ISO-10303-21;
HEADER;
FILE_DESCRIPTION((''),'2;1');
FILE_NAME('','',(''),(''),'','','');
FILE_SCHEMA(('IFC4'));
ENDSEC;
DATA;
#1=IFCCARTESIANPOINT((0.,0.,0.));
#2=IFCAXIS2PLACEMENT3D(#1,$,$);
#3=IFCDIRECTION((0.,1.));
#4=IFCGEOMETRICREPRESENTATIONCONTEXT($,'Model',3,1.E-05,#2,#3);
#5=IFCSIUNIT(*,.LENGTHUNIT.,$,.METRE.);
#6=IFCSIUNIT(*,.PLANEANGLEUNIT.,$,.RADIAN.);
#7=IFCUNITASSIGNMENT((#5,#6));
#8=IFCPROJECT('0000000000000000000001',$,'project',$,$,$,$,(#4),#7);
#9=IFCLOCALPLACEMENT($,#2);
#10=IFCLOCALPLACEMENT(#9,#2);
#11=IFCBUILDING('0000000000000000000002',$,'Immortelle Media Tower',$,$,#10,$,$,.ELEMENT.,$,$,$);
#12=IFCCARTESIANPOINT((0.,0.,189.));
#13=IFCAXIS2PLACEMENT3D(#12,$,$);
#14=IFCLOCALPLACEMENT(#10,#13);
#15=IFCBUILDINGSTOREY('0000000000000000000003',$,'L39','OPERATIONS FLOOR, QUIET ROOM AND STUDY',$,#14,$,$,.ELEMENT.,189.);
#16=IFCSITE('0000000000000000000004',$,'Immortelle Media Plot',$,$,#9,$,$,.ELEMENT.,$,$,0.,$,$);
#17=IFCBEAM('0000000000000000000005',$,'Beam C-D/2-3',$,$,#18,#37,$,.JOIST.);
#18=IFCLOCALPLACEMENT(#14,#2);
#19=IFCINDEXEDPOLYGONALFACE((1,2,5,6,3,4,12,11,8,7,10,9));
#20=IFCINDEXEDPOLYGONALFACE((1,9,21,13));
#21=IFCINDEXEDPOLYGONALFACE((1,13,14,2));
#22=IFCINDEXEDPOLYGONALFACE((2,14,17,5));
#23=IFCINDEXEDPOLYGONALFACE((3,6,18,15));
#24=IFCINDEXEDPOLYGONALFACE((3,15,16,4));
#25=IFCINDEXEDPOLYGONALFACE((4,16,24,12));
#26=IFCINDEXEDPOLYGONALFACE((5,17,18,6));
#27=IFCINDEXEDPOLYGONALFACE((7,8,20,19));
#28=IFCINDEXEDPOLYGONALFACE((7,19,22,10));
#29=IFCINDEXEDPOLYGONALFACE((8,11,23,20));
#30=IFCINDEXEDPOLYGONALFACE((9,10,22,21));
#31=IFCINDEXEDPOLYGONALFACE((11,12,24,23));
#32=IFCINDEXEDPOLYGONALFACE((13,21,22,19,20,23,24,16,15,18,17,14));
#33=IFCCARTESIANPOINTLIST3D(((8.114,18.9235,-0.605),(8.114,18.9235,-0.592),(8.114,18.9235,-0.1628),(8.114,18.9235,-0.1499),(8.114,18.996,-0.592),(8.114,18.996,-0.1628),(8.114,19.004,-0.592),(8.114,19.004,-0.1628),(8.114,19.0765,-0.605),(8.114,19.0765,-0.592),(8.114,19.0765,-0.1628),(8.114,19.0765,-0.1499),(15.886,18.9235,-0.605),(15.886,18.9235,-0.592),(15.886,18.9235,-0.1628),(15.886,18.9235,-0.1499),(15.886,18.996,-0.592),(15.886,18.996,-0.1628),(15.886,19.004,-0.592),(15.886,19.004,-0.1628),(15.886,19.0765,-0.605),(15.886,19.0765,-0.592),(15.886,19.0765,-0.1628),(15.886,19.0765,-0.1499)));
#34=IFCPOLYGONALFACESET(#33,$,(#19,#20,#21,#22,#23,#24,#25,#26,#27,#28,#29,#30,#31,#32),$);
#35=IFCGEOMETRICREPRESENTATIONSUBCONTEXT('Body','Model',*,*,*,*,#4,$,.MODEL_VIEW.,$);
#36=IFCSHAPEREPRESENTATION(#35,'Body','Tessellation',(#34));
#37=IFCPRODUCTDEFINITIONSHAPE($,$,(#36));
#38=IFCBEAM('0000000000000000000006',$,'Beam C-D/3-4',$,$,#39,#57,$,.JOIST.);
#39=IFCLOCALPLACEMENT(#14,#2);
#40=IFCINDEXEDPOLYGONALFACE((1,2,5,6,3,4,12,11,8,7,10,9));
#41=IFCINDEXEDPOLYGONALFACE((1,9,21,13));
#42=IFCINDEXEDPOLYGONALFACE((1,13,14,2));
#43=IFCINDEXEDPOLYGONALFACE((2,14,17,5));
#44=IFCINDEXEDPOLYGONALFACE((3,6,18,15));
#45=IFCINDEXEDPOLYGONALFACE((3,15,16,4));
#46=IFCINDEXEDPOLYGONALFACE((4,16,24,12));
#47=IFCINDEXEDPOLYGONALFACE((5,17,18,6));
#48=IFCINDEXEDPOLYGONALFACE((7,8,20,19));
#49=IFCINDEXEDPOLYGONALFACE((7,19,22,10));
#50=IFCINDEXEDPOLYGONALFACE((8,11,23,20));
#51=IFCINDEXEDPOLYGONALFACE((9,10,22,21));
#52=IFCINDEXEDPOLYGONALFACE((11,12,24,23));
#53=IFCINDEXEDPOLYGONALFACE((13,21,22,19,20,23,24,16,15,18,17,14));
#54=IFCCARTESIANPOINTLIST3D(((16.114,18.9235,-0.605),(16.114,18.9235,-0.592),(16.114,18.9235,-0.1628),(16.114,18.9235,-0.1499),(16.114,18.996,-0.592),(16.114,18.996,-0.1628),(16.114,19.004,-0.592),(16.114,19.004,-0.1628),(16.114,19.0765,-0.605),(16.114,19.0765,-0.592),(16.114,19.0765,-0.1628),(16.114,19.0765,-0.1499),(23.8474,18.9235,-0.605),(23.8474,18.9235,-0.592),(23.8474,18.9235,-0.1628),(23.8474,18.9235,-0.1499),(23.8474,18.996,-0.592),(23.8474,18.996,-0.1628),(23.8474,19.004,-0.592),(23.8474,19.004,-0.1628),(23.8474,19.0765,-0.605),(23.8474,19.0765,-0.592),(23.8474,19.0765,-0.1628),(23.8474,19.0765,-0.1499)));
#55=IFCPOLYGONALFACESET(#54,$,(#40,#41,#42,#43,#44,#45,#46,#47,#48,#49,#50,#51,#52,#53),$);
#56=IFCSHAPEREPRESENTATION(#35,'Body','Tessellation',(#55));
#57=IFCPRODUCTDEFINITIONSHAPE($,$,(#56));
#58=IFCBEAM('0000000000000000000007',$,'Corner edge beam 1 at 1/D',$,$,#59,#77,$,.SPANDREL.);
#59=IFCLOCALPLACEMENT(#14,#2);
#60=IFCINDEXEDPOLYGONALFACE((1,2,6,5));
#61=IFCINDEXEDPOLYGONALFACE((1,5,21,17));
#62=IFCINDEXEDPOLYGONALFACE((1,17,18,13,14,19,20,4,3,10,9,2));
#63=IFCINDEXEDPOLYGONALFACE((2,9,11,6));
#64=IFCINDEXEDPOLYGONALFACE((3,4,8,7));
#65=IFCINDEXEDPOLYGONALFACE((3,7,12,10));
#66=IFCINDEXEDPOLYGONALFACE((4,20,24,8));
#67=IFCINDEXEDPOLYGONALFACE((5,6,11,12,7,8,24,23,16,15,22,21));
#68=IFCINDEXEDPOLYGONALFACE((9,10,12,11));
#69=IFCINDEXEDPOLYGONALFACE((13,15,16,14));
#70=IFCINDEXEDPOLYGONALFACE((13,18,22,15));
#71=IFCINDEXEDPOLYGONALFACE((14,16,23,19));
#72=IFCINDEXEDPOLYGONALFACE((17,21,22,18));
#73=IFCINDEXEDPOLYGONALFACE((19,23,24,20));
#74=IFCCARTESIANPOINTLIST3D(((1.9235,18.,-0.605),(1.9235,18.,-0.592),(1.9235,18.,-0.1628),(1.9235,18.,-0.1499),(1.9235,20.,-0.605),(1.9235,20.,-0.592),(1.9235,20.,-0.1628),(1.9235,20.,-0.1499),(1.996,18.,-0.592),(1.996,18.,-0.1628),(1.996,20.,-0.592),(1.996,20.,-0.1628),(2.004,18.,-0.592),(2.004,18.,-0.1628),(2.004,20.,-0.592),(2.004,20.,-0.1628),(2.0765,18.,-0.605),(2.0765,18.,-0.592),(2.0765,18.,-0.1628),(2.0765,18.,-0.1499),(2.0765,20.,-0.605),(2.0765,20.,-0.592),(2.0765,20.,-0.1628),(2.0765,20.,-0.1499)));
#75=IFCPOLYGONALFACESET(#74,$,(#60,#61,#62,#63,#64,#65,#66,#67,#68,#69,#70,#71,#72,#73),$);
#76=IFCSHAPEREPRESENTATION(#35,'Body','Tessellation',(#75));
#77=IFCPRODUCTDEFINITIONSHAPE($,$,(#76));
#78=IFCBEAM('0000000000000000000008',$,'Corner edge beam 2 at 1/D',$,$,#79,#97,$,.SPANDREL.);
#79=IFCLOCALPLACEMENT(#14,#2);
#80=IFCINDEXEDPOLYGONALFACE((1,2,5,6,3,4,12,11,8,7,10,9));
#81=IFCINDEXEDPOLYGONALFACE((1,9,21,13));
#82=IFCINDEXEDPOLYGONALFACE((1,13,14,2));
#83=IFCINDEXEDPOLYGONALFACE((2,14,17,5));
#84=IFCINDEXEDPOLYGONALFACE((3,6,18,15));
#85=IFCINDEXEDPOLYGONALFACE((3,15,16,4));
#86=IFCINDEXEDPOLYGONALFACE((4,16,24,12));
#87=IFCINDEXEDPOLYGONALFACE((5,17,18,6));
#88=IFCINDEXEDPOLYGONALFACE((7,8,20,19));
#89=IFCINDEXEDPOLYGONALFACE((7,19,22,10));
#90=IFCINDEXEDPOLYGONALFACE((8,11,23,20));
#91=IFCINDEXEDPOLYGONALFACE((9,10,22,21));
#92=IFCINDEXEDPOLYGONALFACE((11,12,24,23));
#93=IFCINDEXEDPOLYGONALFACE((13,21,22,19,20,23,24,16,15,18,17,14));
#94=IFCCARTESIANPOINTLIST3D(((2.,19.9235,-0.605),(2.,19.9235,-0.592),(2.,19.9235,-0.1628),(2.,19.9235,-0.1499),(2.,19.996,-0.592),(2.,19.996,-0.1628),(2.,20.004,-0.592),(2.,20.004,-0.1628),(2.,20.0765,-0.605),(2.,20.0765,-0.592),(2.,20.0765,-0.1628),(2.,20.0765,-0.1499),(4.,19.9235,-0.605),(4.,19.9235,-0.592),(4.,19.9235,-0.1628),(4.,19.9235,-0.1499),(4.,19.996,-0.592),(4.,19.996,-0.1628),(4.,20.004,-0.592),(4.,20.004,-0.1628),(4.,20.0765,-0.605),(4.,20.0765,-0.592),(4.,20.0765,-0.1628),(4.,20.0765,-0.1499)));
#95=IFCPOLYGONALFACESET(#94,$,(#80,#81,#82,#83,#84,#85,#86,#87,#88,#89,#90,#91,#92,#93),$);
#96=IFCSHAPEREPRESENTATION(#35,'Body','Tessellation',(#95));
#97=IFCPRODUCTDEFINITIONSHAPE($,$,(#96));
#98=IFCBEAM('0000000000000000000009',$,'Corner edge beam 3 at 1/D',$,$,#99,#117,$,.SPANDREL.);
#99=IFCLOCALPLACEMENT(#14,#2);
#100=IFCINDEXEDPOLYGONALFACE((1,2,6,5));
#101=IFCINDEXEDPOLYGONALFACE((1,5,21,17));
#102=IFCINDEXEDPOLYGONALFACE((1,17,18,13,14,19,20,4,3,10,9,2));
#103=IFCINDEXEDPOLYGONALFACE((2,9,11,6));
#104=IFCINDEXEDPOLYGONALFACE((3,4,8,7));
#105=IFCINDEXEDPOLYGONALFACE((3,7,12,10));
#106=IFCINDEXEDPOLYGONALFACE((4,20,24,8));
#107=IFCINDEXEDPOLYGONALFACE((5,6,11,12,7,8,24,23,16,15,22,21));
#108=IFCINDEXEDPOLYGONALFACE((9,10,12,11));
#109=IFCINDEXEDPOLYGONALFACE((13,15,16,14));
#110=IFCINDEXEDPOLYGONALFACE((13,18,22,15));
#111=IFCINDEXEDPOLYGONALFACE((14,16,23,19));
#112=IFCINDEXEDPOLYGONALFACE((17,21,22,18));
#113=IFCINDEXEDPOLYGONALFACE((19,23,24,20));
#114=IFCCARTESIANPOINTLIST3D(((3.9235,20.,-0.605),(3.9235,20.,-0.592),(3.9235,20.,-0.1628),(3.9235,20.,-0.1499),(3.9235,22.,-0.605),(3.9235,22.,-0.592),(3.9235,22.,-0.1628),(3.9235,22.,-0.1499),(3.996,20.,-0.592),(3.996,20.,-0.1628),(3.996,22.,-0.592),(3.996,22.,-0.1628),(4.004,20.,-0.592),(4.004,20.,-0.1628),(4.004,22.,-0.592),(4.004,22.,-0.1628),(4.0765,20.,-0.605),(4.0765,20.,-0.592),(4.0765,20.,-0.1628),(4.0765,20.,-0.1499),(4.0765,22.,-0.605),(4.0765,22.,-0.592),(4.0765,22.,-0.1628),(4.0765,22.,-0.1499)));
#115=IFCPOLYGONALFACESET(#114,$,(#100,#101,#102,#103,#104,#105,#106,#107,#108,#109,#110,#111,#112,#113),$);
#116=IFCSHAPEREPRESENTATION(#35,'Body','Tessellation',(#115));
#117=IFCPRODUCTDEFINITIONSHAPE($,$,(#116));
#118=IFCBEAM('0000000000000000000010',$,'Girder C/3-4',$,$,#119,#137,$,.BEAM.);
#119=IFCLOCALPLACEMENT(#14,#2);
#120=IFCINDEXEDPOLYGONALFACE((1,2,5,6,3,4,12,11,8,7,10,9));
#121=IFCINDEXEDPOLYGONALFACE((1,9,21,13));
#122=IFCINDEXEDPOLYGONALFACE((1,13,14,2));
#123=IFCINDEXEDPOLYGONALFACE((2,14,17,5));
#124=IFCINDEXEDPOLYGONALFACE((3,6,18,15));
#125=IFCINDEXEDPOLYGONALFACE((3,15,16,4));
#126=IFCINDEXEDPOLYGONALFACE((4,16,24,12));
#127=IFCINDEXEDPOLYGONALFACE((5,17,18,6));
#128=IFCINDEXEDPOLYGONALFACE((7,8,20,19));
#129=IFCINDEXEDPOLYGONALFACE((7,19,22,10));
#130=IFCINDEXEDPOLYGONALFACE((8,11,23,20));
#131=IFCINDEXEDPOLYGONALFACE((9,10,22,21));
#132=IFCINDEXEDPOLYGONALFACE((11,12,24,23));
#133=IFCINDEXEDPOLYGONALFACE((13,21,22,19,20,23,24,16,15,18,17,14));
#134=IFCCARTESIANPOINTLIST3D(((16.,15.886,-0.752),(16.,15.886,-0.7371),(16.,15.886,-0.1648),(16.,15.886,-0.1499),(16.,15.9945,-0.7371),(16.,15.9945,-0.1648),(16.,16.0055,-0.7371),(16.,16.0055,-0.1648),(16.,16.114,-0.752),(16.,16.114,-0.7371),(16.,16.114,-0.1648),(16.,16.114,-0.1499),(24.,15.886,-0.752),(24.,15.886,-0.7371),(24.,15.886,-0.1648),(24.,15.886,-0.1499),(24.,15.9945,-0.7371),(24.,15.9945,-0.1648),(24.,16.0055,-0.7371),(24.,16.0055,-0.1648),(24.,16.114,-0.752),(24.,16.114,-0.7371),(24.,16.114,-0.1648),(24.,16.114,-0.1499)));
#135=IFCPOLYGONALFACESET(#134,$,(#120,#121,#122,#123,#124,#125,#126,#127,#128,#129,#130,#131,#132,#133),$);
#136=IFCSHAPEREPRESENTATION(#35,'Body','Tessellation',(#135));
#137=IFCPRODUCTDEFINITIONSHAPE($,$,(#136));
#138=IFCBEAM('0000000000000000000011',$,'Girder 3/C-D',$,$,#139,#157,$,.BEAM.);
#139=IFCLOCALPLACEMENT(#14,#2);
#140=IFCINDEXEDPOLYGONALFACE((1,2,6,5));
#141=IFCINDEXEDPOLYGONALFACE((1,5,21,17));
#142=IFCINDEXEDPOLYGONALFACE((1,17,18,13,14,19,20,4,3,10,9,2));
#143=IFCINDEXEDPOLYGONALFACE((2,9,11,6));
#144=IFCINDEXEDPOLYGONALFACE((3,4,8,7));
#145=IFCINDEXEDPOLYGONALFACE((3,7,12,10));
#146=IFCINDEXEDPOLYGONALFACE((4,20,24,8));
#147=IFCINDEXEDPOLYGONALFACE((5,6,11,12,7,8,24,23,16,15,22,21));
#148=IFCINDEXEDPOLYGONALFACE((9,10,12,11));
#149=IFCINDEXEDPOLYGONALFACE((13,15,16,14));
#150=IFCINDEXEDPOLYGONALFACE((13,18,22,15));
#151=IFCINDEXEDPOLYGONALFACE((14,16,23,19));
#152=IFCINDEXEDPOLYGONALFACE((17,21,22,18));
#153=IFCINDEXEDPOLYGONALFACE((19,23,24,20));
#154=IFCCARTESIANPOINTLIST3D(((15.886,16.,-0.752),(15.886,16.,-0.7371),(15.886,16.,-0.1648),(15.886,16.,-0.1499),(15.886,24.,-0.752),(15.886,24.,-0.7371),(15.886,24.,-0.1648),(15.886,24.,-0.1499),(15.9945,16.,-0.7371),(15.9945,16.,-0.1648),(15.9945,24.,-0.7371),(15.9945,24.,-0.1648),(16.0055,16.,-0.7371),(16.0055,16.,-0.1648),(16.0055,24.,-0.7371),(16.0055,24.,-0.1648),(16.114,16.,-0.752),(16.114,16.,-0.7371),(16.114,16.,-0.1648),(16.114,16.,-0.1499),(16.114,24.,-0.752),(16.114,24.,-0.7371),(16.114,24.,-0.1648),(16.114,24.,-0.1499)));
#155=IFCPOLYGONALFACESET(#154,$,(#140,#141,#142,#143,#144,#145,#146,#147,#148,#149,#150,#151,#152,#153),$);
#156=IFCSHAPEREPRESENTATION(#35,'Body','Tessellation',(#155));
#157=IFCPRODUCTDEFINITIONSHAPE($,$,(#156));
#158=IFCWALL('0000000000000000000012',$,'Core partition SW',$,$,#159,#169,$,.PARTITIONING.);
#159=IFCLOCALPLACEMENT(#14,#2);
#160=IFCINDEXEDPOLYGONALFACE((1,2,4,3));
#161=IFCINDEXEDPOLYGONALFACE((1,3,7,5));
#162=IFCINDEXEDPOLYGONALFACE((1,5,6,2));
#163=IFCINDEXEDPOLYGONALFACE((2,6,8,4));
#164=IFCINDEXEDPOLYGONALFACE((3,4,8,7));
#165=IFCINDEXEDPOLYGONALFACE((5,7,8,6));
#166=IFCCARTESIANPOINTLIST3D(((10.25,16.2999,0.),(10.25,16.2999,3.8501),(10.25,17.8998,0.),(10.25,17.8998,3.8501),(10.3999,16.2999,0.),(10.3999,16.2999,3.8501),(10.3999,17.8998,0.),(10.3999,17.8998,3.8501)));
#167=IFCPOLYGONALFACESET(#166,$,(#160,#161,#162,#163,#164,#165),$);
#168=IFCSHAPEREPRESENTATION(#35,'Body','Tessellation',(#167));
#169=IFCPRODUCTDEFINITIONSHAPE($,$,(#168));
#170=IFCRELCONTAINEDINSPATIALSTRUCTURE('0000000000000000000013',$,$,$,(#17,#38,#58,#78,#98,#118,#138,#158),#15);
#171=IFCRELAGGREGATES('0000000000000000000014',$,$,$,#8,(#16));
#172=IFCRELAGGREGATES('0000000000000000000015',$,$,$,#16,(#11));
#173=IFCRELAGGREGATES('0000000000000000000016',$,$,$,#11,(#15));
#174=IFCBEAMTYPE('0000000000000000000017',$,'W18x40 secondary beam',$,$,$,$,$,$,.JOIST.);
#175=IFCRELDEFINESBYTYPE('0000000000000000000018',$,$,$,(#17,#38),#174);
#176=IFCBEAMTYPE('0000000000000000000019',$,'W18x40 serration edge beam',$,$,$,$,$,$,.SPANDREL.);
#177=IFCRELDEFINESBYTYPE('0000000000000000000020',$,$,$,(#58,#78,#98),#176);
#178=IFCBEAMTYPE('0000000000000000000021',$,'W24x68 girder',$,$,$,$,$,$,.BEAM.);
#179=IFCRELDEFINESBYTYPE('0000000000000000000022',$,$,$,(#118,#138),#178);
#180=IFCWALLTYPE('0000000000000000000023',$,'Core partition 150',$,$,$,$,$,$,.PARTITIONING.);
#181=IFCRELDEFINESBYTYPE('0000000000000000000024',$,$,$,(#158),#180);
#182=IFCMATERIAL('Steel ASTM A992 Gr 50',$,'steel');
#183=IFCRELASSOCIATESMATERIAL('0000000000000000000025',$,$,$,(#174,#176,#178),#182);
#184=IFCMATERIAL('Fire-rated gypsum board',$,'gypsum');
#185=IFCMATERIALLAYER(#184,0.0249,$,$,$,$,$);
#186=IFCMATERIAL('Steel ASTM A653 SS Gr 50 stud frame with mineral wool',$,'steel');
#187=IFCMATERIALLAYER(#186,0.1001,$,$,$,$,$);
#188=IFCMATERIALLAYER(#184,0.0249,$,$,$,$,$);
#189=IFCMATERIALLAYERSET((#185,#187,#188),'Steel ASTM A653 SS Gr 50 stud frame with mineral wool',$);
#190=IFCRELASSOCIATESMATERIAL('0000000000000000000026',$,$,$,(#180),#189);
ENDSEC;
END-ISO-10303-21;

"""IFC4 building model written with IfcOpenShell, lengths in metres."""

from ifc_helpers import new_model, si_unit, direction, frame, frame_2d, origin, origin_2d, place, context, subcontext, project, spatial, rectangle, i_section, extrude, material, layer, layer_set, material_profile, profile_set, type_object, element, save


model = new_model("IFC4")

# Units and contexts
model_context = context("Model", 3, precision=1e-05, world=origin(), true_north=direction((0.0, 1.0)))
body_context = subcontext(model_context, "Body", "Model", "MODEL_VIEW")
ifc_project = project(units=[si_unit("LENGTHUNIT", "METRE"), si_unit("PLANEANGLEUNIT", "RADIAN")], contexts=[model_context])

# Site, building, storey
site_placement = place(None, origin())
site = spatial("IfcSite", under=ifc_project, at=site_placement, Name="Immortelle Media Plot", CompositionType="ELEMENT", RefElevation=0.0)
building_placement = place(site_placement, origin())
building = spatial("IfcBuilding", under=site, at=building_placement, Name="Immortelle Media Tower", CompositionType="ELEMENT")
storey_placement = place(building_placement, frame((0.0, 0.0, 189.0)))
storey = spatial("IfcBuildingStorey", under=building, at=storey_placement, Name="L39", Description="OPERATIONS FLOOR, QUIET ROOM AND STUDY", CompositionType="ELEMENT", Elevation=189.0)

# Beams
ifc_material_1 = material(Name="Steel ASTM A992 Gr 50", Category="steel")
ifc_material_profile_1 = material_profile(ifc_material_1, i_section(OverallWidth=0.1531, OverallDepth=0.4551, WebThickness=0.0081, FlangeThickness=0.0129, at=origin_2d()), Name="W18x40")
ifc_profile_set_1 = profile_set([ifc_material_profile_1], Name="Steel ASTM A992 Gr 50")
beam_type_1 = type_object("IfcBeamType", Name="W18x40 secondary beam", PredefinedType="JOIST", material=ifc_profile_set_1)
beam_1_placement = place(storey_placement, frame((8.114, 19.0, -0.3774), z_axis=(1.0, 0.0, 0.0), x_axis=(0.0, 1.0, 0.0)))
element("IfcBeam", 1, at=beam_1_placement, inside=storey, type_object=beam_type_1, Name="Beam C-D/2-3", PredefinedType="JOIST", context=body_context, shape_type="SweptSolid", body=[
    extrude(i_section(OverallWidth=0.1531, OverallDepth=0.4551, WebThickness=0.0081, FlangeThickness=0.0129, at=origin_2d()), origin(), (0.0, 0.0, 1.0), 7.772),
])
beam_2_placement = place(storey_placement, frame((16.114, 19.0, -0.3774), z_axis=(1.0, 0.0, 0.0), x_axis=(0.0, 1.0, 0.0)))
element("IfcBeam", 2, at=beam_2_placement, inside=storey, type_object=beam_type_1, Name="Beam C-D/3-4", PredefinedType="JOIST", context=body_context, shape_type="SweptSolid", body=[
    extrude(i_section(OverallWidth=0.1531, OverallDepth=0.4551, WebThickness=0.0081, FlangeThickness=0.0129, at=origin_2d()), origin(), (0.0, 0.0, 1.0), 7.7334),
])
ifc_material_profile_2 = material_profile(ifc_material_1, i_section(OverallWidth=0.1531, OverallDepth=0.4551, WebThickness=0.0081, FlangeThickness=0.0129, at=origin_2d()), Name="W18x40")
ifc_profile_set_2 = profile_set([ifc_material_profile_2], Name="Steel ASTM A992 Gr 50")
beam_type_2 = type_object("IfcBeamType", Name="W18x40 serration edge beam", PredefinedType="SPANDREL", material=ifc_profile_set_2)
for number, where, z_axis, x_axis, name in (
    (3, (2.0, 18.0, -0.3774), (0.0, 1.0, 0.0), (-1.0, 0.0, 0.0), "Corner edge beam 1 at 1/D"),
    (4, (2.0, 20.0, -0.3774), (1.0, 0.0, 0.0), (0.0, 1.0, 0.0), "Corner edge beam 2 at 1/D"),
    (5, (4.0, 20.0, -0.3774), (0.0, 1.0, 0.0), (-1.0, 0.0, 0.0), "Corner edge beam 3 at 1/D"),
):
    element("IfcBeam", number, at=place(storey_placement, frame(where, z_axis=z_axis, x_axis=x_axis)), inside=storey, type_object=beam_type_2, Name=name, PredefinedType="SPANDREL", context=body_context, shape_type="SweptSolid", body=[
        extrude(i_section(OverallWidth=0.1531, OverallDepth=0.4551, WebThickness=0.0081, FlangeThickness=0.0129, at=origin_2d()), origin(), (0.0, 0.0, 1.0), 2.0),
    ])
ifc_material_profile_3 = material_profile(ifc_material_1, i_section(OverallWidth=0.228, OverallDepth=0.6021, WebThickness=0.011, FlangeThickness=0.0149, at=origin_2d()), Name="W24x68")
ifc_profile_set_3 = profile_set([ifc_material_profile_3], Name="Steel ASTM A992 Gr 50")
beam_type_3 = type_object("IfcBeamType", Name="W24x68 girder", PredefinedType="BEAM", material=ifc_profile_set_3)
for number, where, z_axis, x_axis, name in (
    (6, (16.0, 16.0, -0.4509), (1.0, 0.0, 0.0), (0.0, 1.0, 0.0), "Girder C/3-4"),
    (7, (16.0, 16.0, -0.4509), (0.0, 1.0, 0.0), (-1.0, 0.0, 0.0), "Girder 3/C-D"),
):
    element("IfcBeam", number, at=place(storey_placement, frame(where, z_axis=z_axis, x_axis=x_axis)), inside=storey, type_object=beam_type_3, Name=name, PredefinedType="BEAM", context=body_context, shape_type="SweptSolid", body=[
        extrude(i_section(OverallWidth=0.228, OverallDepth=0.6021, WebThickness=0.011, FlangeThickness=0.0149, at=origin_2d()), origin(), (0.0, 0.0, 1.0), 8.0),
    ])

# Wall
ifc_material_2 = material(Name="Fire-rated gypsum board", Category="gypsum")
ifc_layer_1 = layer(ifc_material_2, 0.0249)
ifc_material_3 = material(Name="Steel ASTM A653 SS Gr 50 stud frame with mineral wool", Category="steel")
ifc_layer_2 = layer(ifc_material_3, 0.1001)
ifc_layer_3 = layer(ifc_material_2, 0.0249)
ifc_layer_set_1 = layer_set([ifc_layer_1, ifc_layer_2, ifc_layer_3], Name="Steel ASTM A653 SS Gr 50 stud frame with mineral wool")
wall_type_1 = type_object("IfcWallType", Name="Core partition 150", PredefinedType="PARTITIONING", material=ifc_layer_set_1)
wall_1_placement = place(storey_placement, frame((10.325, 16.3, 0.0), z_axis=(0.0, 0.0, 1.0), x_axis=(0.0, 1.0, 0.0)))
element("IfcWall", 8, at=wall_1_placement, inside=storey, type_object=wall_type_1, Name="Core partition SW", PredefinedType="PARTITIONING", context=body_context, shape_type="SweptSolid", body=[
    extrude(rectangle(XDim=1.5999, YDim=0.1499, at=frame_2d((0.7998, 0.0))), origin(), (0.0, 0.0, 1.0), 3.8501),
])

save(model, "model.ifc")
